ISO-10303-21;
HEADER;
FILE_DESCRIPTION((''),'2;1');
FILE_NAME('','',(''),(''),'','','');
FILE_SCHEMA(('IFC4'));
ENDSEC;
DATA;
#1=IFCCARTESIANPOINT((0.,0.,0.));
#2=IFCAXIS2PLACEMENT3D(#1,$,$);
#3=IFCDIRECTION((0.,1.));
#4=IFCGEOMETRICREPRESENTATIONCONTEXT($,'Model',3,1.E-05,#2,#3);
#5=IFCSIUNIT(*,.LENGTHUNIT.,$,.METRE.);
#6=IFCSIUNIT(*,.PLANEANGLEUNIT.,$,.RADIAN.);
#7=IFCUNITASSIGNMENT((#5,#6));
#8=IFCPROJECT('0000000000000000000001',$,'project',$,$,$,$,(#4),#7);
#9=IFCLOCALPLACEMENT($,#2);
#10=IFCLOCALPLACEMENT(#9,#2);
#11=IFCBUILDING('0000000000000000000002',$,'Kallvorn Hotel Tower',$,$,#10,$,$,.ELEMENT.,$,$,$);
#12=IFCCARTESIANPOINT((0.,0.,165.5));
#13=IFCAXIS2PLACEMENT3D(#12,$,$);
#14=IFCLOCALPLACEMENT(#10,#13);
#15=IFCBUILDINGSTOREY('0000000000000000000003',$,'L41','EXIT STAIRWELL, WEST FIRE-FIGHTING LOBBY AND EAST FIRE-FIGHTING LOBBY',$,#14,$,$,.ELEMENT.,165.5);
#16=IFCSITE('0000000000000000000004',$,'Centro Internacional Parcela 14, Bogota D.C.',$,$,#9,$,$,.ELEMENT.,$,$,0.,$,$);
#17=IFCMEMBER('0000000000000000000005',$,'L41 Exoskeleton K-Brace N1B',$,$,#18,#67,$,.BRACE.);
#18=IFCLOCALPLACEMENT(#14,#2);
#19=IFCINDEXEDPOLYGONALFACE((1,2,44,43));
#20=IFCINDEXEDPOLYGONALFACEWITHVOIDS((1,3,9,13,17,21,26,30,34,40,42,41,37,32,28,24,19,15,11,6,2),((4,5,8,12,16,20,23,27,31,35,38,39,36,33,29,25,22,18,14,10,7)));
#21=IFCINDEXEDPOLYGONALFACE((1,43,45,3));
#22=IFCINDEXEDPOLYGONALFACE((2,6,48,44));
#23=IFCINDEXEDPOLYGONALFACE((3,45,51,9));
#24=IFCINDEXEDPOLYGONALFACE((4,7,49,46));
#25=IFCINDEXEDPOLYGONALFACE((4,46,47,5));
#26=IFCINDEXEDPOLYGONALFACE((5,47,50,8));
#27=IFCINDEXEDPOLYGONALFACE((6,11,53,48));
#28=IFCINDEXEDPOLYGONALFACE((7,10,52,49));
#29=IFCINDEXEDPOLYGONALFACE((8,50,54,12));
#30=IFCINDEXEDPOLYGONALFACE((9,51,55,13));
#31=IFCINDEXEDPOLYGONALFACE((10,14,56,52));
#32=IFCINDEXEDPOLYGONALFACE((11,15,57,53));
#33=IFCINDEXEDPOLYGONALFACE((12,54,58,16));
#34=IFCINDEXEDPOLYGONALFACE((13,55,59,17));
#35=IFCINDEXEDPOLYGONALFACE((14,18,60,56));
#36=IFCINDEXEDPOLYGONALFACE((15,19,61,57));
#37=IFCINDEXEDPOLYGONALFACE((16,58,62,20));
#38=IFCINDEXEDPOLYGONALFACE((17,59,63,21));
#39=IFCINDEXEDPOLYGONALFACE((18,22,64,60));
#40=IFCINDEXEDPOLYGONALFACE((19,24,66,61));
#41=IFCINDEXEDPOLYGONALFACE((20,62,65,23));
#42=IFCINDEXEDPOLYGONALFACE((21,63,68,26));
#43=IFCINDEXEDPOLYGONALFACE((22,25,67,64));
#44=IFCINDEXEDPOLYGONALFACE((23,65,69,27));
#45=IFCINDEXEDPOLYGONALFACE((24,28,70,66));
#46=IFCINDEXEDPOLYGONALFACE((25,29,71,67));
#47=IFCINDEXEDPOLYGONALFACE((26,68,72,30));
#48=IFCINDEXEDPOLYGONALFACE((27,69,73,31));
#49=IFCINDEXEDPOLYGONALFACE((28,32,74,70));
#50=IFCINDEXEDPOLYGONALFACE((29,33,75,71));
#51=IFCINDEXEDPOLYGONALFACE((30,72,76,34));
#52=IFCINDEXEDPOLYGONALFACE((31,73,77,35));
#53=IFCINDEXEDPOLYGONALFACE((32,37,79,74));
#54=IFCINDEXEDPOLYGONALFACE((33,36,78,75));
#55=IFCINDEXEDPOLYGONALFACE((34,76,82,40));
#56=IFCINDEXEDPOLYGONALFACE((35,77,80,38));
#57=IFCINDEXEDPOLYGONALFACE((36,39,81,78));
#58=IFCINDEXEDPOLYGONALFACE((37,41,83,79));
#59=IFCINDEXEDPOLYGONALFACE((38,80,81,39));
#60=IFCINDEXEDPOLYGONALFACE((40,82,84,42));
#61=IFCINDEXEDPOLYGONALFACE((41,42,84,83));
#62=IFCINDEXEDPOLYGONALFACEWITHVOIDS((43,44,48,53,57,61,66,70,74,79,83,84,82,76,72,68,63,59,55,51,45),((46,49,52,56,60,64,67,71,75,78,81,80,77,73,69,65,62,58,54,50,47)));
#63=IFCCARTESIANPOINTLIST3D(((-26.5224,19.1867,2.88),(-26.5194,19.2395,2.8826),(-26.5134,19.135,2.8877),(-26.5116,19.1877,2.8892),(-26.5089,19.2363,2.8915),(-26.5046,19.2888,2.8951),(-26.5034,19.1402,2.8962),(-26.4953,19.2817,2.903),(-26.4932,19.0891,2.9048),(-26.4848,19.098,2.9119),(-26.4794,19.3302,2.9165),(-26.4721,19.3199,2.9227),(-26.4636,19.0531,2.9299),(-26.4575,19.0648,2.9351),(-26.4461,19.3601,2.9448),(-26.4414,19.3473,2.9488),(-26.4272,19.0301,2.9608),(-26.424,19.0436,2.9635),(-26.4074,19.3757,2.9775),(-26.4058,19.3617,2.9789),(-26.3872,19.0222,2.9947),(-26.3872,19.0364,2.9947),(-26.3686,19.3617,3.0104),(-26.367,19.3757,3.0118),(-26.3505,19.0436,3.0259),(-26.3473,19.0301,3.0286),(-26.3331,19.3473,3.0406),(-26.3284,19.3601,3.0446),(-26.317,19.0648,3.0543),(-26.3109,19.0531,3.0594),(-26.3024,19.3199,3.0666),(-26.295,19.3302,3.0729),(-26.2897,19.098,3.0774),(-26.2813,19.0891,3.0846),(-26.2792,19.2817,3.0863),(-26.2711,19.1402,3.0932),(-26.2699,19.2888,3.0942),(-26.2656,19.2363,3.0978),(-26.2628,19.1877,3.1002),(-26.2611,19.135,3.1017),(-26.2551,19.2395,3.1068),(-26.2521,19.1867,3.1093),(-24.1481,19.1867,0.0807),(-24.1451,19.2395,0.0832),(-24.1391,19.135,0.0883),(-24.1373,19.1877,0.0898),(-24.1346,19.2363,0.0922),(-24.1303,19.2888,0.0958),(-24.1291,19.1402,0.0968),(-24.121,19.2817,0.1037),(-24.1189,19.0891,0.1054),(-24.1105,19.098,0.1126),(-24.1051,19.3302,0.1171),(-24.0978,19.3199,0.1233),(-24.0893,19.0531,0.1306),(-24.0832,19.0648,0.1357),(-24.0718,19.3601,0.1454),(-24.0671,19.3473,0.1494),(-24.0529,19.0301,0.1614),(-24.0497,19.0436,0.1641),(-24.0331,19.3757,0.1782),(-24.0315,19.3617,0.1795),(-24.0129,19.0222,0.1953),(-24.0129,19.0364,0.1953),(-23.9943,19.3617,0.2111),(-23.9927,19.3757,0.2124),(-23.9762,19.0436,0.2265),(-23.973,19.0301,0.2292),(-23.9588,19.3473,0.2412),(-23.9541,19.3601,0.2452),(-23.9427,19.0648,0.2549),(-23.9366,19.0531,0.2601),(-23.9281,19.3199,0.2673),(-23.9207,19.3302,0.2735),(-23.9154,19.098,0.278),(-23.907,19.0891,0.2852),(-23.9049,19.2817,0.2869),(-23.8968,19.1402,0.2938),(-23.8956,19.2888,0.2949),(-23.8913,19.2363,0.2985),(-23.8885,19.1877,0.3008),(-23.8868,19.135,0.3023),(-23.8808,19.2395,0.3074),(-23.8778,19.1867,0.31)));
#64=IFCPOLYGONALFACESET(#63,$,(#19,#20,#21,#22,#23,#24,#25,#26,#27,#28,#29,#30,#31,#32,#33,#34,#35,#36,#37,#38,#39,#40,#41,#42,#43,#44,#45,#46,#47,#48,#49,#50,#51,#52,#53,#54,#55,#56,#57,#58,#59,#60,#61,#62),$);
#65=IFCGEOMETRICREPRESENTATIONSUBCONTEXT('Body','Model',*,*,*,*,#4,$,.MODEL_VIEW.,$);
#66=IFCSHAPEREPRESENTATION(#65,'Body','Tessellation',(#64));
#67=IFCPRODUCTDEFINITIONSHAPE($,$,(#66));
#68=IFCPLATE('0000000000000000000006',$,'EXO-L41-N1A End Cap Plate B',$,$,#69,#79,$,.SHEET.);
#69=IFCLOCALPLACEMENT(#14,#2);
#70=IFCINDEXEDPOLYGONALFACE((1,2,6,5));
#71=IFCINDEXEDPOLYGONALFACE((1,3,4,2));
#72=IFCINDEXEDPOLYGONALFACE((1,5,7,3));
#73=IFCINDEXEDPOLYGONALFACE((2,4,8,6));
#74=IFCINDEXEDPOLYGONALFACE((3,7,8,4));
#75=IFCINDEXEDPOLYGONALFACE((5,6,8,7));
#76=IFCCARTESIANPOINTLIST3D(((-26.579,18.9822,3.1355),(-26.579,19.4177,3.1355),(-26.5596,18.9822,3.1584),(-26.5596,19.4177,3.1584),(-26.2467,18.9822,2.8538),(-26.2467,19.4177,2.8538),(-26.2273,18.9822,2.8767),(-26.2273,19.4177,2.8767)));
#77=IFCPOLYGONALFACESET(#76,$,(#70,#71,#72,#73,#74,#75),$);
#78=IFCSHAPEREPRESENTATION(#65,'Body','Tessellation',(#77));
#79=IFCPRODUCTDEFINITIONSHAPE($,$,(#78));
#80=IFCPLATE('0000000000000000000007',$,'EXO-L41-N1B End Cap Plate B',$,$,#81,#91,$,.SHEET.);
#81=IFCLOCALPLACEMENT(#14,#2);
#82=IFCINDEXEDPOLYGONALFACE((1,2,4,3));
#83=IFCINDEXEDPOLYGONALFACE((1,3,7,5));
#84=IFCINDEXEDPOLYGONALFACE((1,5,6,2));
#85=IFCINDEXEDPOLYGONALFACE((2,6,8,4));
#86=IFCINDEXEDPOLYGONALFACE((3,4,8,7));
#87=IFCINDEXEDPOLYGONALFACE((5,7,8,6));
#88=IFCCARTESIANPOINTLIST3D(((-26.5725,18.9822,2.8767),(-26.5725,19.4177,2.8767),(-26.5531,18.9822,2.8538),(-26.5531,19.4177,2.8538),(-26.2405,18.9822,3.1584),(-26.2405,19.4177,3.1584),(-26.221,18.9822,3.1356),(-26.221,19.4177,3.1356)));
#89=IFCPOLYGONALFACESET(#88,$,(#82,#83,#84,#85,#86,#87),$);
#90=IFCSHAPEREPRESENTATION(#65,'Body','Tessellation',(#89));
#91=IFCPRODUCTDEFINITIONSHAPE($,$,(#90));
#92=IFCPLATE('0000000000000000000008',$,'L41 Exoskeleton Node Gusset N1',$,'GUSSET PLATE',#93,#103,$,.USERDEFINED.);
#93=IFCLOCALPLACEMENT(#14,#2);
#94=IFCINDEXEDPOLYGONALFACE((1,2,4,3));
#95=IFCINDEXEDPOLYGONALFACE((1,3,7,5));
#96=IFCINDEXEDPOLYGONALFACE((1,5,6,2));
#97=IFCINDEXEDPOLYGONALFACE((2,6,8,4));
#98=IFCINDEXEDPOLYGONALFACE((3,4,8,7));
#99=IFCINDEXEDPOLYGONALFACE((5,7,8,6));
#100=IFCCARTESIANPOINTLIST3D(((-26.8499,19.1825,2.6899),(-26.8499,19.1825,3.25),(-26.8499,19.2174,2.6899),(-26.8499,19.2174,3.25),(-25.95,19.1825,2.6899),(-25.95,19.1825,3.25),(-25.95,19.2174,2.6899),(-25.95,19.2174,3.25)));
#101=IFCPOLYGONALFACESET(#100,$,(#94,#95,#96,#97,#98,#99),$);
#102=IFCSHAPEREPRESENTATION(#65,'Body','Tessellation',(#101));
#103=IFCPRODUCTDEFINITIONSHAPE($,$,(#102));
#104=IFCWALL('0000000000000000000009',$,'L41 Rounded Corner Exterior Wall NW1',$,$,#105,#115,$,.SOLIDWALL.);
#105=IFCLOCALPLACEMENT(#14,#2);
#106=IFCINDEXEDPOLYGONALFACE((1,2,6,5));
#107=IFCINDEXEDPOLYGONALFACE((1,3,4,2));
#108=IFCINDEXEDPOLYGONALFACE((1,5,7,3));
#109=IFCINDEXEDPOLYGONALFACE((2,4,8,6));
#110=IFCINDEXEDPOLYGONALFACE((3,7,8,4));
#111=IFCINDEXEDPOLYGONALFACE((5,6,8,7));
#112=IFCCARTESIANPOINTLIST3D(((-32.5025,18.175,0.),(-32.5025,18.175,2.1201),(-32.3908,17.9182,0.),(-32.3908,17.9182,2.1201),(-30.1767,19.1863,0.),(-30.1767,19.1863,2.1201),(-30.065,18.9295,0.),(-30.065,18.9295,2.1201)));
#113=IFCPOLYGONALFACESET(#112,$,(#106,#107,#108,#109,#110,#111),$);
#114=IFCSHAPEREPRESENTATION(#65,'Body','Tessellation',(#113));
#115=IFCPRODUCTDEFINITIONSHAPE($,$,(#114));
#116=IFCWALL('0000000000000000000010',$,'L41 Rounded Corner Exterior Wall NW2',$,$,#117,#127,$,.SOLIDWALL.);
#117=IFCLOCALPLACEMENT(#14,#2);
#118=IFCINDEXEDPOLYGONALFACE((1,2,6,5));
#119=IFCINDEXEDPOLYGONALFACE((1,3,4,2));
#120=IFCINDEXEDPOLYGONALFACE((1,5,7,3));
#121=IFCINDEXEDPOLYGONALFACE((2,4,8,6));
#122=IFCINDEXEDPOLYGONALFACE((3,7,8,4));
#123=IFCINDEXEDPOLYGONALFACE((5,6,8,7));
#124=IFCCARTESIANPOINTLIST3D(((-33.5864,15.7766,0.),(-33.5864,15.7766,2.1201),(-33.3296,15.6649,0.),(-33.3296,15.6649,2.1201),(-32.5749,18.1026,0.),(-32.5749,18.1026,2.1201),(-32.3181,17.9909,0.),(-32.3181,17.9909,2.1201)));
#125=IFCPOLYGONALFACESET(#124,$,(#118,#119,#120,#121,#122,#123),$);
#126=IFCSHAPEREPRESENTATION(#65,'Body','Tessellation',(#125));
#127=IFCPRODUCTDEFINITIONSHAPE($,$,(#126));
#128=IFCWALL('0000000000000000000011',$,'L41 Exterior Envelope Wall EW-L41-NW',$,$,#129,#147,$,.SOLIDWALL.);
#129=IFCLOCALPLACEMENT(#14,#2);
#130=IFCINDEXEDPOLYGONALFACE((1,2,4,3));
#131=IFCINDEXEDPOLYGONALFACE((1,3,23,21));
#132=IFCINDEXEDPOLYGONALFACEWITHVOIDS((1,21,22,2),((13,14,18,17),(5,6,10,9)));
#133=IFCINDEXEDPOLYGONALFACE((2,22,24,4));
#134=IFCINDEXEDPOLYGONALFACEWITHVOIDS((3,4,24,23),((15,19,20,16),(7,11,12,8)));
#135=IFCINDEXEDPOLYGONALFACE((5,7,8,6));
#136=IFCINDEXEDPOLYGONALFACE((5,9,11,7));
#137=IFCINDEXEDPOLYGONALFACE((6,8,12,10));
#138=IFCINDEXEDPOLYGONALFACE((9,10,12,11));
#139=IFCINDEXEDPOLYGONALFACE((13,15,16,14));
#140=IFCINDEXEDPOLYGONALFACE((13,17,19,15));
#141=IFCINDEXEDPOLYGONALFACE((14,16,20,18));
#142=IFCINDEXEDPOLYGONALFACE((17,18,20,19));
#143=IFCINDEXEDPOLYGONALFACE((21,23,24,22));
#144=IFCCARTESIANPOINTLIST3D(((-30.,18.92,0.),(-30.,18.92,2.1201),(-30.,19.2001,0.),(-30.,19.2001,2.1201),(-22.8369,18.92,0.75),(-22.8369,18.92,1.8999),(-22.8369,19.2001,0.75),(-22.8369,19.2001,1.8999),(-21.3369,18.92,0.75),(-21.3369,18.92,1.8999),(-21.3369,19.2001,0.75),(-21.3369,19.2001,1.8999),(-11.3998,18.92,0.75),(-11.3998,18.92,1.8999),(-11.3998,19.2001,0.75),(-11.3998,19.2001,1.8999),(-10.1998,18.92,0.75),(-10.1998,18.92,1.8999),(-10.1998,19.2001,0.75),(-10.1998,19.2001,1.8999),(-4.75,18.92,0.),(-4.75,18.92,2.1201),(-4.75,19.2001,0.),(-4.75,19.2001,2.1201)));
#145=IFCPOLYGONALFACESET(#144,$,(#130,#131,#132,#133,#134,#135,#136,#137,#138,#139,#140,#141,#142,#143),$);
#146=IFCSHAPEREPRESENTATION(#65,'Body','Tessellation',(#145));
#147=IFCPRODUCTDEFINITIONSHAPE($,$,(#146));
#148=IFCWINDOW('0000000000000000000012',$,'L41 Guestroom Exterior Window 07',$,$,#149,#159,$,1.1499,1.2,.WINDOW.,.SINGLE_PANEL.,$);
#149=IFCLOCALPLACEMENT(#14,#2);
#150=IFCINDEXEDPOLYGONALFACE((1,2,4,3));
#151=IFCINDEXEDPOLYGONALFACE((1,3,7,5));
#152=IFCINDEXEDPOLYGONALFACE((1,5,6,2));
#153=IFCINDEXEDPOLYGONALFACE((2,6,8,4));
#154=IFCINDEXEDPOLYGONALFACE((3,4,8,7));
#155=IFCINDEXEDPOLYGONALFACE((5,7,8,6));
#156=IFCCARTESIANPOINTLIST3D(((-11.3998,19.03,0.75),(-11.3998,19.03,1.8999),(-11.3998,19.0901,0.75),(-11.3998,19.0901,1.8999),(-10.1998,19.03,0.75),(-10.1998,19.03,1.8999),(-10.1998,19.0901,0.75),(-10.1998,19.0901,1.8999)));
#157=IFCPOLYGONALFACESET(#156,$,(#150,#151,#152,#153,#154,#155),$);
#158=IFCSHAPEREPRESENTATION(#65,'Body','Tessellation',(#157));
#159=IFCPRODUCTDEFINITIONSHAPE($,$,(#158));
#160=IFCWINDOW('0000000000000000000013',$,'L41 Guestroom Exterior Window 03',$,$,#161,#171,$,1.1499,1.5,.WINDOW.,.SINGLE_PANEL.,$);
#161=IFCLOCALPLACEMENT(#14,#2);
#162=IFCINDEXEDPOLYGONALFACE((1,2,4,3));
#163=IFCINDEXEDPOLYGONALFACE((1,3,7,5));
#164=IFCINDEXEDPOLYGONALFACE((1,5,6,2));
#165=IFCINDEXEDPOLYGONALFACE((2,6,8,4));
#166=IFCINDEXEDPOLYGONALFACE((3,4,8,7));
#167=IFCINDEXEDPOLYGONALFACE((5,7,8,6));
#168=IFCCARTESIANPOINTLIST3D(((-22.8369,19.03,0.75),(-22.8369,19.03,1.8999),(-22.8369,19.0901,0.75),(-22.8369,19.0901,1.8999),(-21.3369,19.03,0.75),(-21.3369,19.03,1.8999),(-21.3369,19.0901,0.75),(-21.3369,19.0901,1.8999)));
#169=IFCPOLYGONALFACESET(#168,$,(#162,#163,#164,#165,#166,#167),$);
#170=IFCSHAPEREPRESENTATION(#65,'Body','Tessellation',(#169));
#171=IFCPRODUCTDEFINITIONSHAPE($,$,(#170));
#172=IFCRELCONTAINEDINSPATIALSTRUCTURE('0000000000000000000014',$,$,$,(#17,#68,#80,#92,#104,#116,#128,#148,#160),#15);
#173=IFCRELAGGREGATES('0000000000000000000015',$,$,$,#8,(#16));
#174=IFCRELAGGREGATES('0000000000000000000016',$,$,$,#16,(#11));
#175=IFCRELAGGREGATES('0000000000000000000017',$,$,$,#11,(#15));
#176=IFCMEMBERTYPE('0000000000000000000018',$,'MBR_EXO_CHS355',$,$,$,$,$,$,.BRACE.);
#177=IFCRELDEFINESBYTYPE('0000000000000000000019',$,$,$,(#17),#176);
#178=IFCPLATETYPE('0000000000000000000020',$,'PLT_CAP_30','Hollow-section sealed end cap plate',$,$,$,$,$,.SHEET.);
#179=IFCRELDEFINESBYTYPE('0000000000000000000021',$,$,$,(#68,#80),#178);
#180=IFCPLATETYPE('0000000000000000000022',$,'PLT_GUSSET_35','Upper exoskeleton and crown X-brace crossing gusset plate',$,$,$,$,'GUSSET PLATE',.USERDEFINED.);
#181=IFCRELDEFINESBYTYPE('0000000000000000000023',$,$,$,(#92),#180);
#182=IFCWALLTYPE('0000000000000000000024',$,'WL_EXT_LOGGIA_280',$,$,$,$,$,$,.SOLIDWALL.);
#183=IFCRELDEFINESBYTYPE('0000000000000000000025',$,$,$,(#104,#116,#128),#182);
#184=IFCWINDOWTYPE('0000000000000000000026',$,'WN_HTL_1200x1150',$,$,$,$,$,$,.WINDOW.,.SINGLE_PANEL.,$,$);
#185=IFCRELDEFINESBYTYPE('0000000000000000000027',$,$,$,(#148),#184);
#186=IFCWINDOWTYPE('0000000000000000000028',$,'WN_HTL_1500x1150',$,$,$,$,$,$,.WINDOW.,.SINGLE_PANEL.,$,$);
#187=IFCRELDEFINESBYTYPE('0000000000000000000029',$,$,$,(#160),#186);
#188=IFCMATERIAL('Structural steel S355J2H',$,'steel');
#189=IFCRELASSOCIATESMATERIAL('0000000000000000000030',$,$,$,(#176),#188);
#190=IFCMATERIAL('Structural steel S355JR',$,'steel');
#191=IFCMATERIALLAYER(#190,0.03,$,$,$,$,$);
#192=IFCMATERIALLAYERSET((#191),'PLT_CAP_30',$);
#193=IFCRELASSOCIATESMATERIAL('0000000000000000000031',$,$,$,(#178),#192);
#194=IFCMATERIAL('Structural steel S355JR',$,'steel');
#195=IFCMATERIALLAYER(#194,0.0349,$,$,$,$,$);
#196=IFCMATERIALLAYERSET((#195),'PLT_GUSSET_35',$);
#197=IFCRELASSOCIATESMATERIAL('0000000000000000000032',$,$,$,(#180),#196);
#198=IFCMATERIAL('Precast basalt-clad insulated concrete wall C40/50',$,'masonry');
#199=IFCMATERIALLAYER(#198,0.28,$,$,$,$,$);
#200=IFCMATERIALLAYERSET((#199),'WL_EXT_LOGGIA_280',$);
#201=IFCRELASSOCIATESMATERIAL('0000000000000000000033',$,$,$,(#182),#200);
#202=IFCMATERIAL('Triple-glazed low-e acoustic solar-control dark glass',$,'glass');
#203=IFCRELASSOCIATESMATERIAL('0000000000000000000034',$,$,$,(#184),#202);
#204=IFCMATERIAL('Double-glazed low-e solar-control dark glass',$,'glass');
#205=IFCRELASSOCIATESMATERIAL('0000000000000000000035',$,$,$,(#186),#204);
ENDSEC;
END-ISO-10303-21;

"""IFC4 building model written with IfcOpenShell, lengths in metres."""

from ifc_helpers import new_model, si_unit, direction, frame, frame_2d, origin, origin_2d, place, context, subcontext, project, spatial, polyline, rectangle, hollow_circle, outline, extrude, material, layer, layer_set, material_profile, profile_set, type_object, element, fill, save


model = new_model("IFC4")

# Units and contexts
model_context = context("Model", 3, precision=1e-05, world=origin(), true_north=direction((0.0, 1.0)))
body_context = subcontext(model_context, "Body", "Model", "MODEL_VIEW")
ifc_project = project(units=[si_unit("LENGTHUNIT", "METRE"), si_unit("PLANEANGLEUNIT", "RADIAN")], contexts=[model_context])

# Site, building, storey
site_placement = place(None, origin())
site = spatial("IfcSite", under=ifc_project, at=site_placement, Name="Centro Internacional Parcela 14, Bogota D.C.", CompositionType="ELEMENT", RefElevation=0.0)
building_placement = place(site_placement, origin())
building = spatial("IfcBuilding", under=site, at=building_placement, Name="Kallvorn Hotel Tower", CompositionType="ELEMENT")
storey_placement = place(building_placement, frame((0.0, 0.0, 165.5)))
storey = spatial("IfcBuildingStorey", under=building, at=storey_placement, Name="L41", Description="EXIT STAIRWELL, WEST FIRE-FIGHTING LOBBY AND EAST FIRE-FIGHTING LOBBY", CompositionType="ELEMENT", Elevation=165.5)

# Member
ifc_material_1 = material(Name="Structural steel S355J2H", Category="steel")
ifc_material_profile_1 = material_profile(ifc_material_1, hollow_circle(Radius=0.1777, WallThickness=0.0142, at=origin_2d()), Name="CHS 355.6x14.2")
ifc_profile_set_1 = profile_set([ifc_material_profile_1], Name="Structural steel S355J2H")
member_type_1 = type_object("IfcMemberType", Name="MBR_EXO_CHS355", PredefinedType="BRACE", material=ifc_profile_set_1)
for number, where, z_axis, x_axis, name in (
    (1, (-24.0129, 19.2, 0.1953), (-0.646833, 0.0, 0.762631), (0.0, -1.0, 0.0), "L41 Exoskeleton K-Brace N1B"),
):
    element("IfcMember", number, at=place(storey_placement, frame(where, z_axis=z_axis, x_axis=x_axis)), inside=storey, type_object=member_type_1, Name=name, PredefinedType="BRACE", context=body_context, shape_type="SweptSolid", body=[
        extrude(hollow_circle(Radius=0.1777, WallThickness=0.0142, at=origin_2d()), origin(), (0.0, 0.0, 1.0), 3.6707),
    ])

# Plates
ifc_material_2 = material(Name="Structural steel S355JR", Category="steel")
ifc_layer_1 = layer(ifc_material_2, 0.03)
ifc_layer_set_1 = layer_set([ifc_layer_1], Name="PLT_CAP_30")
plate_type_1 = type_object("IfcPlateType", Name="PLT_CAP_30", Description="Hollow-section sealed end cap plate", PredefinedType="SHEET", material=ifc_layer_set_1)
plate_1_placement = place(storey_placement, frame((-26.2273, 18.9822, 2.8767), z_axis=(0.646721, 0.0, 0.762727), x_axis=(0.0, 1.0, 0.0)))
element("IfcPlate", 2, at=plate_1_placement, inside=storey, type_object=plate_type_1, Name="EXO-L41-N1A End Cap Plate B", PredefinedType="SHEET", context=body_context, shape_type="SweptSolid", body=[
    extrude(outline(polyline([(0.0, 0.0), (0.4355, 0.0), (0.4355, 0.4356), (0.0, 0.4356), (0.0, 0.0)])), origin(), (0.0, 0.0, -1.0), 0.03),
])
plate_2_placement = place(storey_placement, frame((-26.5725, 19.4177, 2.8767), z_axis=(-0.646997, 0.0, 0.762492), x_axis=(0.0, -1.0, 0.0)))
element("IfcPlate", 3, at=plate_2_placement, inside=storey, type_object=plate_type_1, Name="EXO-L41-N1B End Cap Plate B", PredefinedType="SHEET", context=body_context, shape_type="SweptSolid", body=[
    extrude(outline(polyline([(0.0, 0.0), (0.4355, 0.0), (0.4355, 0.4355), (0.0, 0.4355), (0.0, 0.0)])), origin(), (0.0, 0.0, -1.0), 0.03),
])
ifc_material_3 = material(Name="Structural steel S355JR", Category="steel")
ifc_layer_2 = layer(ifc_material_3, 0.0349)
ifc_layer_set_2 = layer_set([ifc_layer_2], Name="PLT_GUSSET_35")
plate_type_2 = type_object("IfcPlateType", Name="PLT_GUSSET_35", Description="Upper exoskeleton and crown X-brace crossing gusset plate", ElementType="GUSSET PLATE", PredefinedType="USERDEFINED", material=ifc_layer_set_2)
plate_3_placement = place(storey_placement, frame((-26.3999, 19.2, 2.6899), z_axis=(0.0, 0.0, 1.0), x_axis=(1.0, 0.0, 0.0)))
element("IfcPlate", 4, at=plate_3_placement, inside=storey, type_object=plate_type_2, Name="L41 Exoskeleton Node Gusset N1", ObjectType="GUSSET PLATE", PredefinedType="USERDEFINED", context=body_context, shape_type="SweptSolid", body=[
    extrude(rectangle(XDim=0.8999, YDim=0.0349, at=origin_2d()), origin(), (0.0, 0.0, 1.0), 0.5601),
])

# Walls
ifc_material_4 = material(Name="Precast basalt-clad insulated concrete wall C40/50", Category="masonry")
ifc_layer_3 = layer(ifc_material_4, 0.28)
ifc_layer_set_3 = layer_set([ifc_layer_3], Name="WL_EXT_LOGGIA_280")
wall_type = type_object("IfcWallType", Name="WL_EXT_LOGGIA_280", PredefinedType="SOLIDWALL", material=ifc_layer_set_3)
wall_1_placement = place(storey_placement, frame((-30.1208, 19.0579, 0.0), z_axis=(0.0, 0.0, 1.0), x_axis=(-0.917061, -0.398747, 0.0)))
element("IfcWall", 5, at=wall_1_placement, inside=storey, type_object=wall_type, Name="L41 Rounded Corner Exterior Wall NW1", PredefinedType="SOLIDWALL", context=body_context, shape_type="SweptSolid", body=[
    extrude(rectangle(XDim=2.5361, YDim=0.28, at=frame_2d((1.2681, 0.0))), origin(), (0.0, 0.0, 1.0), 2.1201),
])
wall_2_placement = place(storey_placement, frame((-32.4465, 18.0466, 0.0), z_axis=(0.0, 0.0, 1.0), x_axis=(-0.398793, -0.917041, 0.0)))
element("IfcWall", 6, at=wall_2_placement, inside=storey, type_object=wall_type, Name="L41 Rounded Corner Exterior Wall NW2", PredefinedType="SOLIDWALL", context=body_context, shape_type="SweptSolid", body=[
    extrude(rectangle(XDim=2.5364, YDim=0.28, at=frame_2d((1.2681, 0.0))), origin(), (0.0, 0.0, 1.0), 2.1201),
])

# Wall, openings, windows
wall_3_placement = place(storey_placement, frame((-30.0, 19.0601, 0.0), z_axis=(0.0, 0.0, 1.0), x_axis=(1.0, 0.0, 0.0)))
wall_3 = element("IfcWall", 7, at=wall_3_placement, inside=storey, type_object=wall_type, Name="L41 Exterior Envelope Wall EW-L41-NW", PredefinedType="SOLIDWALL", context=body_context, shape_type="SweptSolid", body=[
    extrude(rectangle(XDim=25.25, YDim=0.28, at=frame_2d((12.625, 0.0))), origin(), (0.0, 0.0, 1.0), 2.1201),
])
opening_1_placement = place(wall_3_placement, frame((7.1631, 0.0, 0.75)))
opening_1 = element("IfcOpeningElement", 8, at=opening_1_placement, cuts=wall_3, PredefinedType="OPENING", context=body_context, shape_type="SweptSolid", body=[
    extrude(rectangle(XDim=1.5, YDim=1.1499, at=frame_2d((0.75, 0.575))), frame((0.0, 0.155, 0.0), z_axis=(0.0, -1.0, 0.0), x_axis=(1.0, 0.0, 0.0)), (0.0, 0.0, 1.0), 0.3101),
])
opening_2_placement = place(wall_3_placement, frame((18.6001, 0.0, 0.75)))
opening_2 = element("IfcOpeningElement", 9, at=opening_2_placement, cuts=wall_3, PredefinedType="OPENING", context=body_context, shape_type="SweptSolid", body=[
    extrude(rectangle(XDim=1.2, YDim=1.1499, at=frame_2d((0.6001, 0.575))), frame((0.0, 0.155, 0.0), z_axis=(0.0, -1.0, 0.0), x_axis=(1.0, 0.0, 0.0)), (0.0, 0.0, 1.0), 0.3101),
])
ifc_material_5 = material(Name="Triple-glazed low-e acoustic solar-control dark glass", Category="glass")
window_type_1 = type_object("IfcWindowType", Name="WN_HTL_1200x1150", PartitioningType="SINGLE_PANEL", PredefinedType="WINDOW", material=ifc_material_5)
window_1_placement = place(opening_2_placement, origin())
window_1 = element("IfcWindow", 10, at=window_1_placement, inside=storey, type_object=window_type_1, Name="L41 Guestroom Exterior Window 07", OverallHeight=1.1499, OverallWidth=1.2, PartitioningType="SINGLE_PANEL", PredefinedType="WINDOW", context=body_context, shape_type="SweptSolid", body=[
    extrude(rectangle(XDim=1.2, YDim=1.1499, at=frame_2d((0.6001, 0.575))), frame((0.0, 0.03, 0.0), z_axis=(0.0, -1.0, 0.0), x_axis=(1.0, 0.0, 0.0)), (0.0, 0.0, 1.0), 0.0601),
])
fill(opening_2, window_1)
ifc_material_6 = material(Name="Double-glazed low-e solar-control dark glass", Category="glass")
window_type_2 = type_object("IfcWindowType", Name="WN_HTL_1500x1150", PartitioningType="SINGLE_PANEL", PredefinedType="WINDOW", material=ifc_material_6)
window_2_placement = place(opening_1_placement, origin())
window_2 = element("IfcWindow", 11, at=window_2_placement, inside=storey, type_object=window_type_2, Name="L41 Guestroom Exterior Window 03", OverallHeight=1.1499, OverallWidth=1.5, PartitioningType="SINGLE_PANEL", PredefinedType="WINDOW", context=body_context, shape_type="SweptSolid", body=[
    extrude(rectangle(XDim=1.5, YDim=1.1499, at=frame_2d((0.75, 0.575))), frame((0.0, 0.03, 0.0), z_axis=(0.0, -1.0, 0.0), x_axis=(1.0, 0.0, 0.0)), (0.0, 0.0, 1.0), 0.0601),
])
fill(opening_1, window_2)

save(model, "model.ifc")
